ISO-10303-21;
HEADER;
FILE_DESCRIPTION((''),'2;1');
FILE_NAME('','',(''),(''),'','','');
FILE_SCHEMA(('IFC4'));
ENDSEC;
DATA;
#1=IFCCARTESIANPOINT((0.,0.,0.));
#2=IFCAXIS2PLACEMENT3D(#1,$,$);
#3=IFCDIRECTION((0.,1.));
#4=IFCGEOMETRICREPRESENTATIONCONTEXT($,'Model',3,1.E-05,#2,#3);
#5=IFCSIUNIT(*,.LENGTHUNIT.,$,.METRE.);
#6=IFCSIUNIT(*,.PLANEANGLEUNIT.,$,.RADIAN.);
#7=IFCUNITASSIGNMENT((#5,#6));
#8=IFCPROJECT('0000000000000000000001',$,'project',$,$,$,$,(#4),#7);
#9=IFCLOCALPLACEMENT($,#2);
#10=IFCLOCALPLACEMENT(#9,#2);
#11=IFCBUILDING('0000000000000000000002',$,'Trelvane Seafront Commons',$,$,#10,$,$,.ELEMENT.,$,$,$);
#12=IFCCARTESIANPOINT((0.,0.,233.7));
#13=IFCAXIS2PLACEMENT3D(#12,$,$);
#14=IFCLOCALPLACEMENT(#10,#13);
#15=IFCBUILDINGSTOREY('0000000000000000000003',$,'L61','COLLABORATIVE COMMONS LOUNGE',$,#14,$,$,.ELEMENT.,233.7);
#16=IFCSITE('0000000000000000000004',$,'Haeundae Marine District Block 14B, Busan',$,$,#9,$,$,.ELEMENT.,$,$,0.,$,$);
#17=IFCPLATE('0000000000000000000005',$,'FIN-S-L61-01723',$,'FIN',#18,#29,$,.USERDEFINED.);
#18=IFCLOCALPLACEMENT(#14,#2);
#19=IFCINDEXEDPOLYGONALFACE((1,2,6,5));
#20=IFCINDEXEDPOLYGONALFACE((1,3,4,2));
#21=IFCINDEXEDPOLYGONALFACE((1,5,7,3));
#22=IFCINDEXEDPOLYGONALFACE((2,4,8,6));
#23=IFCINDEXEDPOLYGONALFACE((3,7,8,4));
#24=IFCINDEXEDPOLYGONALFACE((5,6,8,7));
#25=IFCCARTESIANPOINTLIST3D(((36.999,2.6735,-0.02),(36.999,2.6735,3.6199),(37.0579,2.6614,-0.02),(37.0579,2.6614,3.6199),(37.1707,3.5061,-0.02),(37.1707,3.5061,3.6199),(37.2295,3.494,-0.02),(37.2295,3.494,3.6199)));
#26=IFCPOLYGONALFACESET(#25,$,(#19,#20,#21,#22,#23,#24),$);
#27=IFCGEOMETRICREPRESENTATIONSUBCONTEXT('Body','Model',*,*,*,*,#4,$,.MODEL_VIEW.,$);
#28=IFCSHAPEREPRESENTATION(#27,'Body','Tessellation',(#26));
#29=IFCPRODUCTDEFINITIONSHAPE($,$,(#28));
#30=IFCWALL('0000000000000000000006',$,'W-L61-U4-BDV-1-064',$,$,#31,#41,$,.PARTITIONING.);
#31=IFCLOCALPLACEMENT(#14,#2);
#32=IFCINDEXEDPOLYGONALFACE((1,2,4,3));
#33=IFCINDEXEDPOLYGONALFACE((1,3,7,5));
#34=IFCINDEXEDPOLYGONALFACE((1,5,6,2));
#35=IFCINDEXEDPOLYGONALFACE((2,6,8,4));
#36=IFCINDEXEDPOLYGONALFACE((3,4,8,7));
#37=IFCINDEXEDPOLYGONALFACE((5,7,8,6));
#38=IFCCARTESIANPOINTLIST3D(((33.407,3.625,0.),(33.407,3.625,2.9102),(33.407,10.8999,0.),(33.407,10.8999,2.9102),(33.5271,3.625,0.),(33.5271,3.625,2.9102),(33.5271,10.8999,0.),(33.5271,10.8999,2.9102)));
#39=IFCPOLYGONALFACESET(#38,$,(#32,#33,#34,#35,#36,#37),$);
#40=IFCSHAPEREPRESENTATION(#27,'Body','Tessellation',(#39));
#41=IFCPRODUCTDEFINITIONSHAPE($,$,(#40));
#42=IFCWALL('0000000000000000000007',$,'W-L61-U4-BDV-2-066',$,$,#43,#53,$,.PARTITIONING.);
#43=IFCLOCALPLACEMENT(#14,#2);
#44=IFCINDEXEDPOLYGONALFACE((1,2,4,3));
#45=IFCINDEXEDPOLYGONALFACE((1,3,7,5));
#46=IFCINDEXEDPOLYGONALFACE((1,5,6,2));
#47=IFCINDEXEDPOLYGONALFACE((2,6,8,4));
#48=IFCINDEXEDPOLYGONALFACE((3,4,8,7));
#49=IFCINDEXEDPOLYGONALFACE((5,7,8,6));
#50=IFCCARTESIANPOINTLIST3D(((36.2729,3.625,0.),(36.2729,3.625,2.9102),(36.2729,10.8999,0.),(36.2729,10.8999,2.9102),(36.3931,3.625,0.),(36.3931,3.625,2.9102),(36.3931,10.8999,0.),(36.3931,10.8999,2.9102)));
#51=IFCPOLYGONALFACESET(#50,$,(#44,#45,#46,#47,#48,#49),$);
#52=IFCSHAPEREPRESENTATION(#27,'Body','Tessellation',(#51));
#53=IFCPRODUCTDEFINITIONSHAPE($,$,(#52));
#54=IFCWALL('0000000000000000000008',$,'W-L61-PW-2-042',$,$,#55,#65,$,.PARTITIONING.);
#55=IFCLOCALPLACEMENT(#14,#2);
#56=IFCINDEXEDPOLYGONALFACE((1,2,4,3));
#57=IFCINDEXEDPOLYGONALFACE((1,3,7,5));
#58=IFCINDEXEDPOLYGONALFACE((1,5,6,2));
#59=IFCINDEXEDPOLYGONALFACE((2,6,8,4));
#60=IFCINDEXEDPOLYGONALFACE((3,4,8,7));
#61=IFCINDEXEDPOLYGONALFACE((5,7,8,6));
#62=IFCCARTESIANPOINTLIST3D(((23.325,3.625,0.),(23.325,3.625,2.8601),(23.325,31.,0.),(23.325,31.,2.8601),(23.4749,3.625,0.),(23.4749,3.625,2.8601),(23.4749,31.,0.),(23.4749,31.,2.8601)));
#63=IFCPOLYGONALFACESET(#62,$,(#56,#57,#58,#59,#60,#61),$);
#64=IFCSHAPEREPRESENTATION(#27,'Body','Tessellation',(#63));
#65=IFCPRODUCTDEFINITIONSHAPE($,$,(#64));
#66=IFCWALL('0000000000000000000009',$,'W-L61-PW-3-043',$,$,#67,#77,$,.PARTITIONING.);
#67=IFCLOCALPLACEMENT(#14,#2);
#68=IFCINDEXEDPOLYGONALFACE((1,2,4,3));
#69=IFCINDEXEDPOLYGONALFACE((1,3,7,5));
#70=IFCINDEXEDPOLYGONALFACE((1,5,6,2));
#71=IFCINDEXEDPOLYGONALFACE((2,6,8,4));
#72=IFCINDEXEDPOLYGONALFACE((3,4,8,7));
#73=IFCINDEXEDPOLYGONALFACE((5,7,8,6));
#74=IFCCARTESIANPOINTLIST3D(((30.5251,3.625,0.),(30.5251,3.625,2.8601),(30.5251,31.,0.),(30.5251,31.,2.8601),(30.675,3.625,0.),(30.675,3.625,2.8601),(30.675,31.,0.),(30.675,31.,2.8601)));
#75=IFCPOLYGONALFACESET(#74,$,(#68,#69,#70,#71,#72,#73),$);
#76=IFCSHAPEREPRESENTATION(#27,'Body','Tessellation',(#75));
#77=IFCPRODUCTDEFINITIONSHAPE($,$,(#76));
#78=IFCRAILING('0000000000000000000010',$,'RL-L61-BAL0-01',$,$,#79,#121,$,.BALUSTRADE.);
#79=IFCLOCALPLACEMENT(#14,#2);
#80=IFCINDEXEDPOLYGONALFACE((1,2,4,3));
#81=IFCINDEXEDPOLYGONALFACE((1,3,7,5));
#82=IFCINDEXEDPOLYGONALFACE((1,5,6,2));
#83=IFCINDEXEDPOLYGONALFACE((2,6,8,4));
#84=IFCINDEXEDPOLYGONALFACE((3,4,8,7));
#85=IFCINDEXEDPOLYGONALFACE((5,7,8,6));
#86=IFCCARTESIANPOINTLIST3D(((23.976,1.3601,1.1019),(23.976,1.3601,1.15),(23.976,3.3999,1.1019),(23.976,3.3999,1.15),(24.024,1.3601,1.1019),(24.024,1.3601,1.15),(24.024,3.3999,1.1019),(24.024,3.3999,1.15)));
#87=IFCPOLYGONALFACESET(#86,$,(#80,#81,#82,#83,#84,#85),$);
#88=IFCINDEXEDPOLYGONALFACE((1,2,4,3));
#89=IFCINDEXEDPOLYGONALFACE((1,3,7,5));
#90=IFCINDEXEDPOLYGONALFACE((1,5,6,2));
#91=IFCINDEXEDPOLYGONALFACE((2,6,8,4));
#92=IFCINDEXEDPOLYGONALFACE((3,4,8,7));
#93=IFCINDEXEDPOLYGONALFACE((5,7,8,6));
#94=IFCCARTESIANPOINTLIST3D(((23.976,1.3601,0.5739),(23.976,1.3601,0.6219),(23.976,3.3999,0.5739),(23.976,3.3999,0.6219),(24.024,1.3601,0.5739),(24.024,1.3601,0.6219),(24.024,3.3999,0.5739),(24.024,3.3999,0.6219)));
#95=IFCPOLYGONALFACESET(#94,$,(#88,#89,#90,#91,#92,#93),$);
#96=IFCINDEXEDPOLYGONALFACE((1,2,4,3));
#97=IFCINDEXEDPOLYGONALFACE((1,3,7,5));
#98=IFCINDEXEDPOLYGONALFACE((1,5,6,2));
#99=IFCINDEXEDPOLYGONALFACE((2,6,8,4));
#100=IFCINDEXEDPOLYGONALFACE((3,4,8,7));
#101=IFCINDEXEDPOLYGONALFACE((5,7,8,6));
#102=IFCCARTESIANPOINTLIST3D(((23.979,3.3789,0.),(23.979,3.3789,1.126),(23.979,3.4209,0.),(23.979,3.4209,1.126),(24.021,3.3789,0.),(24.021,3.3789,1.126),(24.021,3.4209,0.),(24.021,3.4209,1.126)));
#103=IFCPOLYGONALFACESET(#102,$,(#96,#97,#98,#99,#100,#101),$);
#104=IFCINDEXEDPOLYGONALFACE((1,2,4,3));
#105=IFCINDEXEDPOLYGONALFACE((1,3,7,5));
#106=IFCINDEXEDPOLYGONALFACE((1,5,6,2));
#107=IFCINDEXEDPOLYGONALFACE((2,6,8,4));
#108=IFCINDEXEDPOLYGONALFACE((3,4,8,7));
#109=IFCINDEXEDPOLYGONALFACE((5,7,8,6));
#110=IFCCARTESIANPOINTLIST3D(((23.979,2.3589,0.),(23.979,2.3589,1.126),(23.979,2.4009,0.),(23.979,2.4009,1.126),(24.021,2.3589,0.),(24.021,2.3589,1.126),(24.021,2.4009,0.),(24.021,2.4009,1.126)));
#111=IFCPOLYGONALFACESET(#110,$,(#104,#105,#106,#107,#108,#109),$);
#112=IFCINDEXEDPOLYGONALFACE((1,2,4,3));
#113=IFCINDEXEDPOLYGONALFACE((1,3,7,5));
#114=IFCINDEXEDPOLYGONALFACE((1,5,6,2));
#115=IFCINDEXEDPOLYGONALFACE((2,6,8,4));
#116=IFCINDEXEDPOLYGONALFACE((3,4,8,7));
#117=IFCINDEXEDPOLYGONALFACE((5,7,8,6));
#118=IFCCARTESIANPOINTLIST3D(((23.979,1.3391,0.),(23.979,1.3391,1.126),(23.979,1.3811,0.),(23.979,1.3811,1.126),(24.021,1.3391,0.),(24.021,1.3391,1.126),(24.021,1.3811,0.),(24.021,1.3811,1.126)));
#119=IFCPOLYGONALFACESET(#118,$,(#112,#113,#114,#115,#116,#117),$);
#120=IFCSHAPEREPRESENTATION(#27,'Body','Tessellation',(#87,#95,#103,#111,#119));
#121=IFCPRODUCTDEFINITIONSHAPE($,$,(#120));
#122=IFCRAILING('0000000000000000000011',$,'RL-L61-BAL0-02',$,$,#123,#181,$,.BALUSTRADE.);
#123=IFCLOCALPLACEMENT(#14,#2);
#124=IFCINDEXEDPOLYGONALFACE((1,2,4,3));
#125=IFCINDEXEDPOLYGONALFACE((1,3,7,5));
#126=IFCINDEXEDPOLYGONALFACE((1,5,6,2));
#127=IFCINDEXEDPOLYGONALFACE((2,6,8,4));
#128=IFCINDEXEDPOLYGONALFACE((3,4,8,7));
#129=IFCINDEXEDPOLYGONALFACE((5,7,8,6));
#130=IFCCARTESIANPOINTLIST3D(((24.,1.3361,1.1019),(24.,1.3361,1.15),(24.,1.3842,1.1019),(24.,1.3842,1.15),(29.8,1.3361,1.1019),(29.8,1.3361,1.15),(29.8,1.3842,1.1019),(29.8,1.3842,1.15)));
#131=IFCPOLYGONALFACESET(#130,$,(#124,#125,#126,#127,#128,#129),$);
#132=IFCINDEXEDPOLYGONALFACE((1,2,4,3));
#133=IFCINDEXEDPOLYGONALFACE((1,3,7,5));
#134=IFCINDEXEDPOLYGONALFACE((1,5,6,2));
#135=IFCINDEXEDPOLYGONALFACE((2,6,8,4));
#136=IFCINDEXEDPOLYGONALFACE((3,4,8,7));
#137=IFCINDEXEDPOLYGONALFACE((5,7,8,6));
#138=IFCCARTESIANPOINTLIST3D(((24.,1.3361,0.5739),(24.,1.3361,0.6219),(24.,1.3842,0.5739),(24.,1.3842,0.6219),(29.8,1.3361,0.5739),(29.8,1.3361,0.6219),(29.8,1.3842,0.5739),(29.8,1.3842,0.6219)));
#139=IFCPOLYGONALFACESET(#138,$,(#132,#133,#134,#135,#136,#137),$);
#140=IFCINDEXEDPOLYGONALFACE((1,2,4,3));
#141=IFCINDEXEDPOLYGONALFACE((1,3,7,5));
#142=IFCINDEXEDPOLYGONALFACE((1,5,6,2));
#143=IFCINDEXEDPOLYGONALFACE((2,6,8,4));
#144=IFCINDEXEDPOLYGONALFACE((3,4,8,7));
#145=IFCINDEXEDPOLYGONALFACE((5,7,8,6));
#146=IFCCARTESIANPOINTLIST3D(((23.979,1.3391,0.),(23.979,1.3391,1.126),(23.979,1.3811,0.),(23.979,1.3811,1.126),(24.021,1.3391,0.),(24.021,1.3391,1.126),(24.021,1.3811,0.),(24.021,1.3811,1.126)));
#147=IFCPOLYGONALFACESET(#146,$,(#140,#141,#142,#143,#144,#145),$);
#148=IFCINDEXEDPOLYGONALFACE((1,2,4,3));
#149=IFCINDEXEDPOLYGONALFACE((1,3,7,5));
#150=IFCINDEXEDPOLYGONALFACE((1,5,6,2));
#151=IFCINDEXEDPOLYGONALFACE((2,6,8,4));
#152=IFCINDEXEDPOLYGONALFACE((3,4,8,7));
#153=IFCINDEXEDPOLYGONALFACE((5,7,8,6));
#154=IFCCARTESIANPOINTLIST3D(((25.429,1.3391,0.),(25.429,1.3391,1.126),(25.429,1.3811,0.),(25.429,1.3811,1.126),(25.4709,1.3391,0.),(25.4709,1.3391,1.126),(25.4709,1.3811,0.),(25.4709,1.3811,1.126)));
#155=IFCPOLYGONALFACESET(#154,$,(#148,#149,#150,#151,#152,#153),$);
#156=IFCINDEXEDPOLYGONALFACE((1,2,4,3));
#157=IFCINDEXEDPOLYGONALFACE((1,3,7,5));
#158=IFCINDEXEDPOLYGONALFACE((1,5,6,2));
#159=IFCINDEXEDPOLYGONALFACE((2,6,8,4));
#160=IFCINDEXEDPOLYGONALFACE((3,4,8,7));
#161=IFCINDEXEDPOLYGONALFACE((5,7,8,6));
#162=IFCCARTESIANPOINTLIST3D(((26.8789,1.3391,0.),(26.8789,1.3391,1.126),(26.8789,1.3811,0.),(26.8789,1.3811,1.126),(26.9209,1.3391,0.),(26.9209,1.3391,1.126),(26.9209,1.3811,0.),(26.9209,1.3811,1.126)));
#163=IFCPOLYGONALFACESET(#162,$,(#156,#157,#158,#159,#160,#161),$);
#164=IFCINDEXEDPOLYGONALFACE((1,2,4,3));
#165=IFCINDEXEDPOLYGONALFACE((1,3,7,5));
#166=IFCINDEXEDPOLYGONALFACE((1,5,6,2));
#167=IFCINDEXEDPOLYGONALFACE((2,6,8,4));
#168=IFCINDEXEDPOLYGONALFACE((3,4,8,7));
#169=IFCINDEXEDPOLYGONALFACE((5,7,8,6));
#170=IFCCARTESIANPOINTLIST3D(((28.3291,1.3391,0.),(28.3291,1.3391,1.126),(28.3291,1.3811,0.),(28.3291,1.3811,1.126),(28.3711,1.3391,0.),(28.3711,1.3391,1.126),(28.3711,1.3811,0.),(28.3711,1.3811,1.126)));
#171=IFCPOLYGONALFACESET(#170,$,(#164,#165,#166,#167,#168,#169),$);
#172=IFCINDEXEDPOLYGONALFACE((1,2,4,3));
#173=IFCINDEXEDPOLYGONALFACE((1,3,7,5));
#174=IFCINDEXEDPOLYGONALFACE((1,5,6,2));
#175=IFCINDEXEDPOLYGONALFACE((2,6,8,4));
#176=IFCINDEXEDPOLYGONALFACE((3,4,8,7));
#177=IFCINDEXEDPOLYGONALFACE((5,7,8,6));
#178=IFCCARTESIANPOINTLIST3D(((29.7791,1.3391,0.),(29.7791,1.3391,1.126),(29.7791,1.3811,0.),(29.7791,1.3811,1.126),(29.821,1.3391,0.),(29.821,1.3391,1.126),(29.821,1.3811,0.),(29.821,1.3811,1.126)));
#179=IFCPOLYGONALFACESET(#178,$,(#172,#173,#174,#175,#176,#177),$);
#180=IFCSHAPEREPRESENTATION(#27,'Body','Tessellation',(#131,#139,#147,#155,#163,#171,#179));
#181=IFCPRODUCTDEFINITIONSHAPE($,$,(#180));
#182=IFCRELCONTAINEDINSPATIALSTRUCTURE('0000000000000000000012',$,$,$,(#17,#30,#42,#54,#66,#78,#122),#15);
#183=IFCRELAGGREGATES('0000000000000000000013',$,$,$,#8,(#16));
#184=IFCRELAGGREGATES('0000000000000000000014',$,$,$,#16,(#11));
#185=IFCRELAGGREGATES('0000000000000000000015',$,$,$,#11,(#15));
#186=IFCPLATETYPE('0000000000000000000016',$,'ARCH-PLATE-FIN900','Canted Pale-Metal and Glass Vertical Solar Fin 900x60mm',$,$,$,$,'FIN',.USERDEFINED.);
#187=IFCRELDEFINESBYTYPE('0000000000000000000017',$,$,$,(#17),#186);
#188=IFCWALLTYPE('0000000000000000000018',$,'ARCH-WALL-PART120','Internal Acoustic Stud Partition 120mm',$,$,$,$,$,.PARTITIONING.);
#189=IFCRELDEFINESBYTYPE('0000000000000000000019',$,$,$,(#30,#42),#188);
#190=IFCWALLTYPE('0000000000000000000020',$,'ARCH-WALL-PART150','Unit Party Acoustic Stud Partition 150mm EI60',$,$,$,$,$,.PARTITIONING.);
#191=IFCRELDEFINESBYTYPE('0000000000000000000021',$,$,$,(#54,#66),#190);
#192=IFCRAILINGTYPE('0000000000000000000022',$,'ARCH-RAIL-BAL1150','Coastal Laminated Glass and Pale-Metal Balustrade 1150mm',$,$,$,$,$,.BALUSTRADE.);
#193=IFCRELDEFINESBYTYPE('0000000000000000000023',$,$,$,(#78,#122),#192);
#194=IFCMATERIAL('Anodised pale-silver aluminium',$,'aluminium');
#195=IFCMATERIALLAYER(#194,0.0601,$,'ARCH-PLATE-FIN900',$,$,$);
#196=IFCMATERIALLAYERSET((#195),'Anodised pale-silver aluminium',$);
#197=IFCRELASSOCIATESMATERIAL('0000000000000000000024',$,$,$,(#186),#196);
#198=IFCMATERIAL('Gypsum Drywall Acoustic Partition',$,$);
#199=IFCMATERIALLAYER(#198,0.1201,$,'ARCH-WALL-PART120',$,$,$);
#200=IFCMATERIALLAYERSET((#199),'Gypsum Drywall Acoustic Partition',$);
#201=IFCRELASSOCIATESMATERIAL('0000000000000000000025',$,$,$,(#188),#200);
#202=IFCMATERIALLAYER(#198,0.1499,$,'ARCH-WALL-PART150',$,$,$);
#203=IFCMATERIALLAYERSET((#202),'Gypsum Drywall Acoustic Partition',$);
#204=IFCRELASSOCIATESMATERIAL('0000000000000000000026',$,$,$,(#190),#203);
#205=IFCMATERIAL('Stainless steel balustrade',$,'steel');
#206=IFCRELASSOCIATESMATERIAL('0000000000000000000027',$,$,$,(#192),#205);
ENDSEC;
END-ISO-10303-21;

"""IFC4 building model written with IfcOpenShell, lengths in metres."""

from ifc_helpers import new_model, si_unit, direction, frame, frame_2d, origin, origin_2d, place, context, subcontext, project, spatial, rectangle, extrude, source, transform, mapped, material, layer, layer_set, type_object, element, save


model = new_model("IFC4")

# Units and contexts
model_context = context("Model", 3, precision=1e-05, world=origin(), true_north=direction((0.0, 1.0)))
body_context = subcontext(model_context, "Body", "Model", "MODEL_VIEW")
ifc_project = project(units=[si_unit("LENGTHUNIT", "METRE"), si_unit("PLANEANGLEUNIT", "RADIAN")], contexts=[model_context])

# Site, building, storey
site_placement = place(None, origin())
site = spatial("IfcSite", under=ifc_project, at=site_placement, Name="Haeundae Marine District Block 14B, Busan", CompositionType="ELEMENT", RefElevation=0.0)
building_placement = place(site_placement, origin())
building = spatial("IfcBuilding", under=site, at=building_placement, Name="Trelvane Seafront Commons", CompositionType="ELEMENT")
storey_placement = place(building_placement, frame((0.0, 0.0, 233.7)))
storey = spatial("IfcBuildingStorey", under=building, at=storey_placement, Name="L61", Description="COLLABORATIVE COMMONS LOUNGE", CompositionType="ELEMENT", Elevation=233.7)

# Plate
ifc_material_1 = material(Name="Anodised pale-silver aluminium", Category="aluminium")
ifc_layer_1 = layer(ifc_material_1, 0.0601, Name="ARCH-PLATE-FIN900")
ifc_layer_set_1 = layer_set([ifc_layer_1], Name="Anodised pale-silver aluminium")
plate_type_1 = type_object("IfcPlateType", Name="ARCH-PLATE-FIN900", Description="Canted Pale-Metal and Glass Vertical Solar Fin 900x60mm", ElementType="FIN", PredefinedType="USERDEFINED", material=ifc_layer_set_1)
shared_shape_1 = source(origin(), body_context, "Body", "SweptSolid", [
    extrude(rectangle(XDim=0.8501, YDim=0.0601, at=origin_2d()), origin(), (0.0, 0.0, 1.0), 3.6399),
])
for number, where, z_axis, x_axis, name in (
    (1, (37.1143, 3.0837, -0.02), (0.0, 0.0, 1.0), (-0.201881, -0.97941, 0.0), "FIN-S-L61-01723"),
):
    element("IfcPlate", number, at=place(storey_placement, frame(where, z_axis=z_axis, x_axis=x_axis)), inside=storey, type_object=plate_type_1, Name=name, ObjectType="FIN", PredefinedType="USERDEFINED", context=body_context, shape_type="MappedRepresentation", body=[
        mapped(shared_shape_1, transform((0.0, 0.0, 0.0), x_axis=(1.0, 0.0, 0.0), y_axis=(0.0, 1.0, 0.0), z_axis=(0.0, 0.0, 1.0), scale=1.0)),
    ])

# Shared definitions
ifc_material_2 = material(Name="Gypsum Drywall Acoustic Partition")
ifc_layer_2 = layer(ifc_material_2, 0.1201, Name="ARCH-WALL-PART120")
ifc_layer_set_2 = layer_set([ifc_layer_2], Name="Gypsum Drywall Acoustic Partition")
wall_type_1 = type_object("IfcWallType", Name="ARCH-WALL-PART120", Description="Internal Acoustic Stud Partition 120mm", PredefinedType="PARTITIONING", material=ifc_layer_set_2)

# Wall
wall_1_placement = place(storey_placement, frame((33.467, 3.625, 0.0), z_axis=(0.0, 0.0, 1.0), x_axis=(0.0, 1.0, 0.0)))
element("IfcWall", 2, at=wall_1_placement, inside=storey, type_object=wall_type_1, Name="W-L61-U4-BDV-1-064", PredefinedType="PARTITIONING", context=body_context, shape_type="SweptSolid", body=[
    extrude(rectangle(XDim=7.2749, YDim=0.1201, at=frame_2d((3.6375, 0.0))), origin(), (0.0, 0.0, 1.0), 2.9102),
])

# Walls
wall_2_placement = place(storey_placement, frame((36.333, 3.625, 0.0), z_axis=(0.0, 0.0, 1.0), x_axis=(0.0, 1.0, 0.0)))
element("IfcWall", 3, at=wall_2_placement, inside=storey, type_object=wall_type_1, Name="W-L61-U4-BDV-2-066", PredefinedType="PARTITIONING", context=body_context, shape_type="SweptSolid", body=[
    extrude(rectangle(XDim=7.2749, YDim=0.1201, at=frame_2d((3.6375, 0.0))), origin(), (0.0, 0.0, 1.0), 2.9102),
])
ifc_layer_3 = layer(ifc_material_2, 0.1499, Name="ARCH-WALL-PART150")
ifc_layer_set_3 = layer_set([ifc_layer_3], Name="Gypsum Drywall Acoustic Partition")
wall_type_2 = type_object("IfcWallType", Name="ARCH-WALL-PART150", Description="Unit Party Acoustic Stud Partition 150mm EI60", PredefinedType="PARTITIONING", material=ifc_layer_set_3)
for number, where, z_axis, x_axis, name in (
    (4, (23.3999, 3.625, 0.0), (0.0, 0.0, 1.0), (0.0, 1.0, 0.0), "W-L61-PW-2-042"),
    (5, (30.6001, 3.625, 0.0), (0.0, 0.0, 1.0), (0.0, 1.0, 0.0), "W-L61-PW-3-043"),
):
    element("IfcWall", number, at=place(storey_placement, frame(where, z_axis=z_axis, x_axis=x_axis)), inside=storey, type_object=wall_type_2, Name=name, PredefinedType="PARTITIONING", context=body_context, shape_type="SweptSolid", body=[
        extrude(rectangle(XDim=27.375, YDim=0.1499, at=frame_2d((13.6875, 0.0))), origin(), (0.0, 0.0, 1.0), 2.8601),
    ])

# Railings
ifc_material_3 = material(Name="Stainless steel balustrade", Category="steel")
railing_type = type_object("IfcRailingType", Name="ARCH-RAIL-BAL1150", Description="Coastal Laminated Glass and Pale-Metal Balustrade 1150mm", PredefinedType="BALUSTRADE", material=ifc_material_3)
railing_1_placement = place(storey_placement, frame((24.0, 3.3999, 0.0)))
element("IfcRailing", 6, at=railing_1_placement, inside=storey, type_object=railing_type, Name="RL-L61-BAL0-01", PredefinedType="BALUSTRADE", context=body_context, shape_type="SweptSolid", body=[
    extrude(rectangle(XDim=0.0481, YDim=0.0481, at=origin_2d()), frame((0.0, 0.0, 1.126), z_axis=(0.0, -1.0, 0.0), x_axis=(1.0, 0.0, 0.0)), (0.0, 0.0, 1.0), 2.0398),
    extrude(rectangle(XDim=0.0481, YDim=0.0481, at=origin_2d()), frame((0.0, 0.0, 0.5979), z_axis=(0.0, -1.0, 0.0), x_axis=(1.0, 0.0, 0.0)), (0.0, 0.0, 1.0), 2.0398),
    extrude(rectangle(XDim=0.042, YDim=0.042, at=origin_2d()), origin(), (0.0, 0.0, 1.0), 1.126),
    extrude(rectangle(XDim=0.042, YDim=0.042, at=origin_2d()), frame((0.0, -1.02, 0.0)), (0.0, 0.0, 1.0), 1.126),
    extrude(rectangle(XDim=0.042, YDim=0.042, at=origin_2d()), frame((0.0, -2.0398, 0.0)), (0.0, 0.0, 1.0), 1.126),
])
railing_2_placement = place(storey_placement, frame((24.0, 1.3601, 0.0)))
element("IfcRailing", 7, at=railing_2_placement, inside=storey, type_object=railing_type, Name="RL-L61-BAL0-02", PredefinedType="BALUSTRADE", context=body_context, shape_type="SweptSolid", body=[
    extrude(rectangle(XDim=0.0481, YDim=0.0481, at=origin_2d()), frame((0.0, 0.0, 1.126), z_axis=(1.0, 0.0, 0.0), x_axis=(0.0, 1.0, 0.0)), (0.0, 0.0, 1.0), 5.8),
    extrude(rectangle(XDim=0.0481, YDim=0.0481, at=origin_2d()), frame((0.0, 0.0, 0.5979), z_axis=(1.0, 0.0, 0.0), x_axis=(0.0, 1.0, 0.0)), (0.0, 0.0, 1.0), 5.8),
    extrude(rectangle(XDim=0.042, YDim=0.042, at=origin_2d()), origin(), (0.0, 0.0, 1.0), 1.126),
    extrude(rectangle(XDim=0.042, YDim=0.042, at=origin_2d()), frame((1.45, 0.0, 0.0)), (0.0, 0.0, 1.0), 1.126),
    extrude(rectangle(XDim=0.042, YDim=0.042, at=origin_2d()), frame((2.8999, 0.0, 0.0)), (0.0, 0.0, 1.0), 1.126),
    extrude(rectangle(XDim=0.042, YDim=0.042, at=origin_2d()), frame((4.3501, 0.0, 0.0)), (0.0, 0.0, 1.0), 1.126),
    extrude(rectangle(XDim=0.042, YDim=0.042, at=origin_2d()), frame((5.8, 0.0, 0.0)), (0.0, 0.0, 1.0), 1.126),
])

save(model, "model.ifc")
